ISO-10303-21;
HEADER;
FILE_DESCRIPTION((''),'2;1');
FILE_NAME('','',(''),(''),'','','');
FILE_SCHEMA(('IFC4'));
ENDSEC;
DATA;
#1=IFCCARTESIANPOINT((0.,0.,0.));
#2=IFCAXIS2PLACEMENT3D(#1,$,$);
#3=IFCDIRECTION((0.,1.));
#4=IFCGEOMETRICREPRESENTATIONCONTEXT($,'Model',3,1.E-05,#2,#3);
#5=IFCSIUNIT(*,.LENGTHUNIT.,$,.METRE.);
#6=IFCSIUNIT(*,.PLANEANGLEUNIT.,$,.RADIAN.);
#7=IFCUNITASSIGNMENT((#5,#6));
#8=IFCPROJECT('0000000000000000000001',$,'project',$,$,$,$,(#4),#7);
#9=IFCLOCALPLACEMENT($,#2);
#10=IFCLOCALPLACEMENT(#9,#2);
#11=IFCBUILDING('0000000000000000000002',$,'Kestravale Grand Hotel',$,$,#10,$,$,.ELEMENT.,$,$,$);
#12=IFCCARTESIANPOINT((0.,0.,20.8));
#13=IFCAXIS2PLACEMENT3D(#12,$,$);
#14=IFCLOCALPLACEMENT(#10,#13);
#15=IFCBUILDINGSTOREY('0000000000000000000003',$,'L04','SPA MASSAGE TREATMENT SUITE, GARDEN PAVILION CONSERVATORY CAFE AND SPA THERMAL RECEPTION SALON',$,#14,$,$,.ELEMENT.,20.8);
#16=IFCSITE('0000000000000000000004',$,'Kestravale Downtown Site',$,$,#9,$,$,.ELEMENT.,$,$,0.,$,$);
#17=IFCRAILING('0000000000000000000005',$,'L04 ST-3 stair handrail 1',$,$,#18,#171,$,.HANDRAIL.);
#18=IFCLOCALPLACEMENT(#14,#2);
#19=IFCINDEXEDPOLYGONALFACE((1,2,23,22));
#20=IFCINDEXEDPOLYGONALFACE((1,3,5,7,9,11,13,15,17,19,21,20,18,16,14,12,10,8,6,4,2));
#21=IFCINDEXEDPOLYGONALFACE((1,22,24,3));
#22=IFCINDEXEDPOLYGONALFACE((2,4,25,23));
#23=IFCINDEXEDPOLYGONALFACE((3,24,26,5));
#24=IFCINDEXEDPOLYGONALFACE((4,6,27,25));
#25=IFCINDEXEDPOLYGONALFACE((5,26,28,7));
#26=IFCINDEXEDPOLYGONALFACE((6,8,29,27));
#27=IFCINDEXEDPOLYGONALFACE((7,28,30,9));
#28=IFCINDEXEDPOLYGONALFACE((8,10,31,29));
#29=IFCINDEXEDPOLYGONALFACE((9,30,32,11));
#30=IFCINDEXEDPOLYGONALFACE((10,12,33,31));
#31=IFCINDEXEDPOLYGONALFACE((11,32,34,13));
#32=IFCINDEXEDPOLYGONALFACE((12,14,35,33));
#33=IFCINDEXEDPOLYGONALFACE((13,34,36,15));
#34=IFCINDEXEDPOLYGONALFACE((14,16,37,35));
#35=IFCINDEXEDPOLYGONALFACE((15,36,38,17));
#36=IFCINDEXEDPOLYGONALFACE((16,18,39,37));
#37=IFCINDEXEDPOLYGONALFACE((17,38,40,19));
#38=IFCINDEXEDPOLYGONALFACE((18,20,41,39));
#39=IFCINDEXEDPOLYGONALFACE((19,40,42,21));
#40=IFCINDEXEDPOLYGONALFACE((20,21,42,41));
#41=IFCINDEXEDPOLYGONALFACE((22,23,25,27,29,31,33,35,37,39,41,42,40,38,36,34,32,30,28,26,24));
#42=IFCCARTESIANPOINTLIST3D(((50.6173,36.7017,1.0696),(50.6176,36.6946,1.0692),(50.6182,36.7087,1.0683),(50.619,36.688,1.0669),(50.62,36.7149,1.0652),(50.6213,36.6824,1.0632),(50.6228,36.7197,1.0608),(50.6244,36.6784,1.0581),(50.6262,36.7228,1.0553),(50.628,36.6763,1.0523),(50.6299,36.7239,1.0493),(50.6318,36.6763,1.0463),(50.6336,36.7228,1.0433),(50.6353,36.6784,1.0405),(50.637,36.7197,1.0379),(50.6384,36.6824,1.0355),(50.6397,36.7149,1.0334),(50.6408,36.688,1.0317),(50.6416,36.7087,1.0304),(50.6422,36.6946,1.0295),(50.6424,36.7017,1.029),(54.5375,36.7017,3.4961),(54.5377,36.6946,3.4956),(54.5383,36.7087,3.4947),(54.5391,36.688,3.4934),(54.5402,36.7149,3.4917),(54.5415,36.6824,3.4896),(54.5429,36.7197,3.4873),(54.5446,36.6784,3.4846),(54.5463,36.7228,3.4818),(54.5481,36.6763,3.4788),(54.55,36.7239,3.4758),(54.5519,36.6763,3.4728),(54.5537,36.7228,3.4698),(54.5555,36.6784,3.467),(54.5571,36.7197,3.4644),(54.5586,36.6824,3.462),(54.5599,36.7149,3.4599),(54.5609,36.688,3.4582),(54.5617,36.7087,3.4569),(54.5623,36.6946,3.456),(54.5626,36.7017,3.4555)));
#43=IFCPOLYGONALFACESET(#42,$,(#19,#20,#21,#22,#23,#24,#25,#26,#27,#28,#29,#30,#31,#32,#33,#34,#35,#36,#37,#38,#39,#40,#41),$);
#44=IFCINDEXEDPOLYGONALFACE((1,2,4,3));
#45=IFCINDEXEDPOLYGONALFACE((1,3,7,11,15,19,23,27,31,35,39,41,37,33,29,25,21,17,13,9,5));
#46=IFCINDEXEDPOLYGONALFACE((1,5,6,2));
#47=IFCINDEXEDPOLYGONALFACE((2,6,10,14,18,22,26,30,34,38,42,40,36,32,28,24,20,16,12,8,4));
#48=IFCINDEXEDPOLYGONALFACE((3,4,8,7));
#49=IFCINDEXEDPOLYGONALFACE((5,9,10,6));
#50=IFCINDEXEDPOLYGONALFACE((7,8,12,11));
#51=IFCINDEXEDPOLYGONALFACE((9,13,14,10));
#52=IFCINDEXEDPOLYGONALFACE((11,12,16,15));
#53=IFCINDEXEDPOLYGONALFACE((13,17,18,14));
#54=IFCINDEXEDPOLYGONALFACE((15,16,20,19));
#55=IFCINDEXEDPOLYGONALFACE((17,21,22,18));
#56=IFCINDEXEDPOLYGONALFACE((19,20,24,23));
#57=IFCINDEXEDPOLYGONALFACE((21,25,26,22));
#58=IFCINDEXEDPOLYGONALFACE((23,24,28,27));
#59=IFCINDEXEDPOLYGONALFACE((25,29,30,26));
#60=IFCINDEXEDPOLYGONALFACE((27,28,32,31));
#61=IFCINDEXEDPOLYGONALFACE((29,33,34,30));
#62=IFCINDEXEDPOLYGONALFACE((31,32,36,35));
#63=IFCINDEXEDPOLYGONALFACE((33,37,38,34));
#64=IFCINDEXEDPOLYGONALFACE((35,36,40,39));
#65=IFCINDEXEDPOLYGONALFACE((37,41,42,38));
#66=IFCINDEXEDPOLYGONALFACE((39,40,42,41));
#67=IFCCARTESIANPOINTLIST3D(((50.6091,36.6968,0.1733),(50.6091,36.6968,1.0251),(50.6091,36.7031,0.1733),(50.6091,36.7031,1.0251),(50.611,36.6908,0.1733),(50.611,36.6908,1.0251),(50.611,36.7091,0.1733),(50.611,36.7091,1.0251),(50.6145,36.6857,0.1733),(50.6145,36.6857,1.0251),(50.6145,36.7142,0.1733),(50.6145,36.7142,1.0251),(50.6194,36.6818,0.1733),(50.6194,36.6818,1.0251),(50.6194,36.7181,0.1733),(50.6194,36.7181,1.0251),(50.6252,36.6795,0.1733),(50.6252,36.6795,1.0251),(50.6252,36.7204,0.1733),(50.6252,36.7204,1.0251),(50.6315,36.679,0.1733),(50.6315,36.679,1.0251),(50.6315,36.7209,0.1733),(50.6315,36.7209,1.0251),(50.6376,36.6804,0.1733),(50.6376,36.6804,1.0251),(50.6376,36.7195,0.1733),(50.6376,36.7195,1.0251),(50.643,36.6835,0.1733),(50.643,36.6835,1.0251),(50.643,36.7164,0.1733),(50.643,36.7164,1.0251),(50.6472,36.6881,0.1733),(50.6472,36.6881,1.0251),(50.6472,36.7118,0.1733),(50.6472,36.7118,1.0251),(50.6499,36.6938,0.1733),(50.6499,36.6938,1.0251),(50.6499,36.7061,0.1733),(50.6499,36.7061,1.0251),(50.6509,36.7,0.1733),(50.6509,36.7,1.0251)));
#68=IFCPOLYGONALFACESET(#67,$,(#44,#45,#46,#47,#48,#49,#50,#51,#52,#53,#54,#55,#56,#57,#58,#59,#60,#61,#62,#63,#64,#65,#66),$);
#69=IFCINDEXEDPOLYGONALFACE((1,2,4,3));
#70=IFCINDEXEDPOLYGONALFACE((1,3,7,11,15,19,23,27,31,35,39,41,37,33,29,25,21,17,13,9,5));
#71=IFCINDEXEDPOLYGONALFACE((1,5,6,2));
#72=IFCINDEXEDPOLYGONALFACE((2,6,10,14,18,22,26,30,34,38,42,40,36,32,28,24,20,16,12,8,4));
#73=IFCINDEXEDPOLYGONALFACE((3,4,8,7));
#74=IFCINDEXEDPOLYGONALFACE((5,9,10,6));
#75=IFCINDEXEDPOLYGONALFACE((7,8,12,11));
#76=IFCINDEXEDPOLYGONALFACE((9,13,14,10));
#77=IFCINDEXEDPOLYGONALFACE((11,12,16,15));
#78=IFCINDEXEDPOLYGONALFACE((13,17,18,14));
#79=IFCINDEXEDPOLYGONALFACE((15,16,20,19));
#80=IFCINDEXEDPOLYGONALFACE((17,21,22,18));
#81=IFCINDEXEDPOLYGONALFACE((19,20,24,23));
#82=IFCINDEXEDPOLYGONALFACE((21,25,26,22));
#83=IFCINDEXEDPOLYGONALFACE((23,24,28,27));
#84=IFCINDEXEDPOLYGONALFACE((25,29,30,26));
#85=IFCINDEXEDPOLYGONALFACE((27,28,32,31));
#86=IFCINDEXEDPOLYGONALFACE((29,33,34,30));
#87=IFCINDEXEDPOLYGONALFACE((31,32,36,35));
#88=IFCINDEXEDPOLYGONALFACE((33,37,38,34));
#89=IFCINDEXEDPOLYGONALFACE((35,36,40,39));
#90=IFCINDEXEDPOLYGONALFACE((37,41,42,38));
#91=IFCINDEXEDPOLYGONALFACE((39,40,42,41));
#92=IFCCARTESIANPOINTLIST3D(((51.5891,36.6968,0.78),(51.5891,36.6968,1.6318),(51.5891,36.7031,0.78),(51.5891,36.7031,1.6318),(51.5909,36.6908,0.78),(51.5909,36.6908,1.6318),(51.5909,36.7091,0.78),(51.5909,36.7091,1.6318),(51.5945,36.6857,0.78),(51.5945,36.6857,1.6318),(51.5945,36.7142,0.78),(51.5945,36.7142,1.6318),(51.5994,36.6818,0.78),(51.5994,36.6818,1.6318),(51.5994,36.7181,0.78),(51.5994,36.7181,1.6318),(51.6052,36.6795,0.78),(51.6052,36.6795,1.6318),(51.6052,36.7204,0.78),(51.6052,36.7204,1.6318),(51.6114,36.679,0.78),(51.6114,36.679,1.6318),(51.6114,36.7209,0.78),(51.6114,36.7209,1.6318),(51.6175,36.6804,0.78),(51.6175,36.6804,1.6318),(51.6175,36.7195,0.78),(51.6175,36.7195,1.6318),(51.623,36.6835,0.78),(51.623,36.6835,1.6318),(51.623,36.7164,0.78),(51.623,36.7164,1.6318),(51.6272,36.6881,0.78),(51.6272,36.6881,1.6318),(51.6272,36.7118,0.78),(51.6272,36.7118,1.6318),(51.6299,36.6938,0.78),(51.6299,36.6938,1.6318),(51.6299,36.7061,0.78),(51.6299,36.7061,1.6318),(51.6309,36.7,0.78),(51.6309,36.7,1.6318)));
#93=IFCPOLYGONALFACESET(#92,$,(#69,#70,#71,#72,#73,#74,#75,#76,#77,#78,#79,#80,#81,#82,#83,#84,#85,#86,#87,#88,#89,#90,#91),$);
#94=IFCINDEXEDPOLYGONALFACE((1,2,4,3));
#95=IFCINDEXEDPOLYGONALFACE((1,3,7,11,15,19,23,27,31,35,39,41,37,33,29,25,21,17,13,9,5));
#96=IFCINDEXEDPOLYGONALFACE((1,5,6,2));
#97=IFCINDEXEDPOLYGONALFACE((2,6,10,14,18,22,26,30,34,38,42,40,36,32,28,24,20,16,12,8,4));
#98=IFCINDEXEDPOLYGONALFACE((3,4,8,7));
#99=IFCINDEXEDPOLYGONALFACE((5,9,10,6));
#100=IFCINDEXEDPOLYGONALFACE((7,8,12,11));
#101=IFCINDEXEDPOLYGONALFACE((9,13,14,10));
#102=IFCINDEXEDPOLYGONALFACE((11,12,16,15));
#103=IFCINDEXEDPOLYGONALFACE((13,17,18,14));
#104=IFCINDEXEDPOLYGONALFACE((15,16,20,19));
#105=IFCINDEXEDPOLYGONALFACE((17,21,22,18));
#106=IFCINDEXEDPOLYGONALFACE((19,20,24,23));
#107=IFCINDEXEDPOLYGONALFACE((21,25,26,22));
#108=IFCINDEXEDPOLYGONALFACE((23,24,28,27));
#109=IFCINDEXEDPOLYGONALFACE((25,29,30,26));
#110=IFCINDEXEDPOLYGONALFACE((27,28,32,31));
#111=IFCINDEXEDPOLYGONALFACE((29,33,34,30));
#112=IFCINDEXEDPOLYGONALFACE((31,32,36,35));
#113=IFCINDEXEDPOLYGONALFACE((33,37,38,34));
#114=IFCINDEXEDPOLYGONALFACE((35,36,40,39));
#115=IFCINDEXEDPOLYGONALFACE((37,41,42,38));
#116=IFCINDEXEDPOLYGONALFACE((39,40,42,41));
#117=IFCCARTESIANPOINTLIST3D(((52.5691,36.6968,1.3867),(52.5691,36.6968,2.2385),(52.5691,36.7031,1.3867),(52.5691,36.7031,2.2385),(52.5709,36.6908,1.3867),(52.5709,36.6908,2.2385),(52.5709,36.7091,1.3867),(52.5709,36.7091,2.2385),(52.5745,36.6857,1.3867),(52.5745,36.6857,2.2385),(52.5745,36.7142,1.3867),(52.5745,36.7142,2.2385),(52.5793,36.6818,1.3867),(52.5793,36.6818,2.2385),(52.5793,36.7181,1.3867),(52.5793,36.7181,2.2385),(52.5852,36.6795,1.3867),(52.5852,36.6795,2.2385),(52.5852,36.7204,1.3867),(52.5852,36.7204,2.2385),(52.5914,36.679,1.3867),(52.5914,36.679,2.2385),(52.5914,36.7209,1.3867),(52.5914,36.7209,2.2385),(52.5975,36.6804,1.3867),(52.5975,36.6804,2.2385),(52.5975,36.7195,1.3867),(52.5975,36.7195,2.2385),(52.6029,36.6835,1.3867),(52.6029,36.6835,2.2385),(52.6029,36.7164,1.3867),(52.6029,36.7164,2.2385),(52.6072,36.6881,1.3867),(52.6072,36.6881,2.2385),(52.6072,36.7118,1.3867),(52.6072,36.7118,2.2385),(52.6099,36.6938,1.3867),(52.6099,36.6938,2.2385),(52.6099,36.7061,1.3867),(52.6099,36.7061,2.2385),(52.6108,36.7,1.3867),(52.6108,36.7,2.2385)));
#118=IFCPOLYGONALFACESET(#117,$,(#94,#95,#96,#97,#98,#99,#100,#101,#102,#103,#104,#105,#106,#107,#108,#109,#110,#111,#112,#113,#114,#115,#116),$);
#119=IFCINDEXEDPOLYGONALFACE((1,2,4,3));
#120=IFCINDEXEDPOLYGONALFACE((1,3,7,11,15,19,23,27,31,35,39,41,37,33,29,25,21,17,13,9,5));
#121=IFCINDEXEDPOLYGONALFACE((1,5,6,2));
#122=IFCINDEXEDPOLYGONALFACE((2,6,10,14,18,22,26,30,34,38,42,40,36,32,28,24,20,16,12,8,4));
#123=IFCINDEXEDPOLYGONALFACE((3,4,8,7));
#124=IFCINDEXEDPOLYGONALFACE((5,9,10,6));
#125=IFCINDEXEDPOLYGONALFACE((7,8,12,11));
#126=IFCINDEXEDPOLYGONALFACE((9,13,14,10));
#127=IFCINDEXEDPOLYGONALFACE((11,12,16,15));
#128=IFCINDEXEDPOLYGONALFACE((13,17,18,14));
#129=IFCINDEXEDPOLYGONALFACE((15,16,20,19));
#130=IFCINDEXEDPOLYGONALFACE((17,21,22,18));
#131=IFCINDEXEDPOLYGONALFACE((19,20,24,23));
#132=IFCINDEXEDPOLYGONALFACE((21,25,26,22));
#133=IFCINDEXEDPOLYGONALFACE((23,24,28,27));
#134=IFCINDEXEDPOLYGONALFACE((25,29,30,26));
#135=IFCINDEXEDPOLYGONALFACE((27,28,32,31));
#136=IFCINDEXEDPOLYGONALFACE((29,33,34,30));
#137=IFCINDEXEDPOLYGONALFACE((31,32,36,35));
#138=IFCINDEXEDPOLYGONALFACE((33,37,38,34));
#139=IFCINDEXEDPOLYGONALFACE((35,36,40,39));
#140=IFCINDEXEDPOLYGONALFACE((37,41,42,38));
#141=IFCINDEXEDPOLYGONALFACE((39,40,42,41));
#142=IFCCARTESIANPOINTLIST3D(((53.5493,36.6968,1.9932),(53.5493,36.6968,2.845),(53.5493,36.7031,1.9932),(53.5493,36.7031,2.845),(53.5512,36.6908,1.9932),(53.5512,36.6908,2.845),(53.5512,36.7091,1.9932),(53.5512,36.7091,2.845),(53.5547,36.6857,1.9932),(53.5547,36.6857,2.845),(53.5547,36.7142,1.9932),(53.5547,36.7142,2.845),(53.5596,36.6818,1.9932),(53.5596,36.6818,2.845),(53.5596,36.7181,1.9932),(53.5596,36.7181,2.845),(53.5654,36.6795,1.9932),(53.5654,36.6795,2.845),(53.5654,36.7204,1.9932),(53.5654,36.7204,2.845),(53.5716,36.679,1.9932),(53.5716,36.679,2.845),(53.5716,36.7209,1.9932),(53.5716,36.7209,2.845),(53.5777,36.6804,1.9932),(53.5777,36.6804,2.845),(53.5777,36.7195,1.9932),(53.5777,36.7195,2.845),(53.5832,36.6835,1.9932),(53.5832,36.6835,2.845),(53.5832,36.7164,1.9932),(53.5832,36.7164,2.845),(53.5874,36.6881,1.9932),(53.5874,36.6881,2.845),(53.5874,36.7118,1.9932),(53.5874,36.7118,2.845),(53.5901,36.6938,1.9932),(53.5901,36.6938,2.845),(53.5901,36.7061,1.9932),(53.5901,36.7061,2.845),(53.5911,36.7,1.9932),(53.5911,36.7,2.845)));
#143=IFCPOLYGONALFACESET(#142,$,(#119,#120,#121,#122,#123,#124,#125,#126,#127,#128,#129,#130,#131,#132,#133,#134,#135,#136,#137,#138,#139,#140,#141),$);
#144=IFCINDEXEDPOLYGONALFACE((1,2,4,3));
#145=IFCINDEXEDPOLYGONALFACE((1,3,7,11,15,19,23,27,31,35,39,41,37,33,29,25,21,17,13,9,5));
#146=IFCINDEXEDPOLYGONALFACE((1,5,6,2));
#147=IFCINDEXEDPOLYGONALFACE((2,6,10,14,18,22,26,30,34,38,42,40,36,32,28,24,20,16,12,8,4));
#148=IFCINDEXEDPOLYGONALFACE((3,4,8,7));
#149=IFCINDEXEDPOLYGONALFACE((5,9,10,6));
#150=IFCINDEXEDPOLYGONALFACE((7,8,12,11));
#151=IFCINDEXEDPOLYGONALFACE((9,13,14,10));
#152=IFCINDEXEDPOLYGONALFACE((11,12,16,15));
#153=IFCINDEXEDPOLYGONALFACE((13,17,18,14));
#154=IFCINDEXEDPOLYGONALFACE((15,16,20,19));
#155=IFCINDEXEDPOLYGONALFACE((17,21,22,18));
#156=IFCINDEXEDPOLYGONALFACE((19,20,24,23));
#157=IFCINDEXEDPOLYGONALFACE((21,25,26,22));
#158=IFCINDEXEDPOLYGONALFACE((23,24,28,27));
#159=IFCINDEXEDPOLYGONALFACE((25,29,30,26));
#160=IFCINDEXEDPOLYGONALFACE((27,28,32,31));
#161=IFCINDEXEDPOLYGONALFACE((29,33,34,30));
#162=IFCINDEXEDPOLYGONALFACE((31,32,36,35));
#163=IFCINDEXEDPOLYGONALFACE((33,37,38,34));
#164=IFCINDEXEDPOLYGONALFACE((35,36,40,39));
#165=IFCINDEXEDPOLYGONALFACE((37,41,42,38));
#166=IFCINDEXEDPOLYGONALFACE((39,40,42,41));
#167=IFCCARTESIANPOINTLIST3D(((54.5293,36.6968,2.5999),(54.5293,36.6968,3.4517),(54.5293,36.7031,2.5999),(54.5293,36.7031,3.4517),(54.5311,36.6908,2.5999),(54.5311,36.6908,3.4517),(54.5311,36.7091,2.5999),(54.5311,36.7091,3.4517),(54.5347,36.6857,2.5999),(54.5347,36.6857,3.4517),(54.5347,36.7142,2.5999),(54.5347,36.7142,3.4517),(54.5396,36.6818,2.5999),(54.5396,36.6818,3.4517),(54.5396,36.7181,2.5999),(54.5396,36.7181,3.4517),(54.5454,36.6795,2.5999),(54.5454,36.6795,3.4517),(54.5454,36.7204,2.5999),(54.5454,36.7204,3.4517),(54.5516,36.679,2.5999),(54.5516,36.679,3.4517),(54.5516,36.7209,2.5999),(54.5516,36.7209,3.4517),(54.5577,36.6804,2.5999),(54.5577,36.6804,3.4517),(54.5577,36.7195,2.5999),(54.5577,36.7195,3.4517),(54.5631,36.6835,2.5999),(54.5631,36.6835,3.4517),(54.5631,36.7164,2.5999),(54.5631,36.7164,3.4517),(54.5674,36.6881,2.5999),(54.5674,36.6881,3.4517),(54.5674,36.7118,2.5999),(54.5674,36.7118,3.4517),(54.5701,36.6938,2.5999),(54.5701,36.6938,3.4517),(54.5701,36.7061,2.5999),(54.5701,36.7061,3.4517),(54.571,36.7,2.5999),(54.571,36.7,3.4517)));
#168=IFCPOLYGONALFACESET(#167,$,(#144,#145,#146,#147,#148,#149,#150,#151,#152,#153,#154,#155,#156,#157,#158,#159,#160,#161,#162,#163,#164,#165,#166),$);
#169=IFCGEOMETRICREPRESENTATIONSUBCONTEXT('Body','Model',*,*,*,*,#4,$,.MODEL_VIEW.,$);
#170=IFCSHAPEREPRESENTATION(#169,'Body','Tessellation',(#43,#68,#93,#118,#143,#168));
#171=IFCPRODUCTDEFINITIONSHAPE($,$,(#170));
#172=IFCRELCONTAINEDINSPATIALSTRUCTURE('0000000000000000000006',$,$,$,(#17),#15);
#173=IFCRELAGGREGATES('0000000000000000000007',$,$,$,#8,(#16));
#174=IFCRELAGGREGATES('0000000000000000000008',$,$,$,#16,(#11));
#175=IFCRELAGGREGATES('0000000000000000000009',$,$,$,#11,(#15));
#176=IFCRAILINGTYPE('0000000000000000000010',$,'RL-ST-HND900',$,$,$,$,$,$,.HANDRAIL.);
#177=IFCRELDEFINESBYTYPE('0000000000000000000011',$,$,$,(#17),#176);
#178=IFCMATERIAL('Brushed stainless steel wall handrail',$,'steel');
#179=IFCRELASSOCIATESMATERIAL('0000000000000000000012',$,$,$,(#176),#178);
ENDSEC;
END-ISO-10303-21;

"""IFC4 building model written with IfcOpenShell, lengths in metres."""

from ifc_helpers import new_model, si_unit, direction, frame, origin, origin_2d, place, context, subcontext, project, spatial, circle, extrude, material, type_object, element, save


model = new_model("IFC4")

# Units and contexts
model_context = context("Model", 3, precision=1e-05, world=origin(), true_north=direction((0.0, 1.0)))
body_context = subcontext(model_context, "Body", "Model", "MODEL_VIEW")
ifc_project = project(units=[si_unit("LENGTHUNIT", "METRE"), si_unit("PLANEANGLEUNIT", "RADIAN")], contexts=[model_context])

# Site, building, storey
site_placement = place(None, origin())
site = spatial("IfcSite", under=ifc_project, at=site_placement, Name="Kestravale Downtown Site", CompositionType="ELEMENT", RefElevation=0.0)
building_placement = place(site_placement, origin())
building = spatial("IfcBuilding", under=site, at=building_placement, Name="Kestravale Grand Hotel", CompositionType="ELEMENT")
storey_placement = place(building_placement, frame((0.0, 0.0, 20.8)))
storey = spatial("IfcBuildingStorey", under=building, at=storey_placement, Name="L04", Description="SPA MASSAGE TREATMENT SUITE, GARDEN PAVILION CONSERVATORY CAFE AND SPA THERMAL RECEPTION SALON", CompositionType="ELEMENT", Elevation=20.8)

# Railing
ifc_material_1 = material(Name="Brushed stainless steel wall handrail", Category="steel")
railing_type = type_object("IfcRailingType", Name="RL-ST-HND900", PredefinedType="HANDRAIL", material=ifc_material_1)
railing_1_placement = place(storey_placement, frame((50.6299, 36.7, 0.1733)))
element("IfcRailing", 1, at=railing_1_placement, inside=storey, type_object=railing_type, Name="L04 ST-3 stair handrail 1", PredefinedType="HANDRAIL", context=body_context, shape_type="SweptSolid", body=[
    extrude(circle(Radius=0.0239, at=origin_2d()), frame((0.0, 0.0, 0.876), z_axis=(0.85029, 0.0, 0.526315), x_axis=(0.0, 1.0, 0.0)), (0.0, 0.0, 1.0), 4.6104),
    extrude(circle(Radius=0.021, at=origin_2d()), origin(), (0.0, 0.0, 1.0), 0.8518),
    extrude(circle(Radius=0.021, at=origin_2d()), frame((0.98, 0.0, 0.6067)), (0.0, 0.0, 1.0), 0.8518),
    extrude(circle(Radius=0.021, at=origin_2d()), frame((1.96, 0.0, 1.2134)), (0.0, 0.0, 1.0), 0.8518),
    extrude(circle(Radius=0.021, at=origin_2d()), frame((2.9402, 0.0, 1.8198)), (0.0, 0.0, 1.0), 0.8518),
    extrude(circle(Radius=0.021, at=origin_2d()), frame((3.9202, 0.0, 2.4265)), (0.0, 0.0, 1.0), 0.8518),
])

save(model, "model.ifc")
